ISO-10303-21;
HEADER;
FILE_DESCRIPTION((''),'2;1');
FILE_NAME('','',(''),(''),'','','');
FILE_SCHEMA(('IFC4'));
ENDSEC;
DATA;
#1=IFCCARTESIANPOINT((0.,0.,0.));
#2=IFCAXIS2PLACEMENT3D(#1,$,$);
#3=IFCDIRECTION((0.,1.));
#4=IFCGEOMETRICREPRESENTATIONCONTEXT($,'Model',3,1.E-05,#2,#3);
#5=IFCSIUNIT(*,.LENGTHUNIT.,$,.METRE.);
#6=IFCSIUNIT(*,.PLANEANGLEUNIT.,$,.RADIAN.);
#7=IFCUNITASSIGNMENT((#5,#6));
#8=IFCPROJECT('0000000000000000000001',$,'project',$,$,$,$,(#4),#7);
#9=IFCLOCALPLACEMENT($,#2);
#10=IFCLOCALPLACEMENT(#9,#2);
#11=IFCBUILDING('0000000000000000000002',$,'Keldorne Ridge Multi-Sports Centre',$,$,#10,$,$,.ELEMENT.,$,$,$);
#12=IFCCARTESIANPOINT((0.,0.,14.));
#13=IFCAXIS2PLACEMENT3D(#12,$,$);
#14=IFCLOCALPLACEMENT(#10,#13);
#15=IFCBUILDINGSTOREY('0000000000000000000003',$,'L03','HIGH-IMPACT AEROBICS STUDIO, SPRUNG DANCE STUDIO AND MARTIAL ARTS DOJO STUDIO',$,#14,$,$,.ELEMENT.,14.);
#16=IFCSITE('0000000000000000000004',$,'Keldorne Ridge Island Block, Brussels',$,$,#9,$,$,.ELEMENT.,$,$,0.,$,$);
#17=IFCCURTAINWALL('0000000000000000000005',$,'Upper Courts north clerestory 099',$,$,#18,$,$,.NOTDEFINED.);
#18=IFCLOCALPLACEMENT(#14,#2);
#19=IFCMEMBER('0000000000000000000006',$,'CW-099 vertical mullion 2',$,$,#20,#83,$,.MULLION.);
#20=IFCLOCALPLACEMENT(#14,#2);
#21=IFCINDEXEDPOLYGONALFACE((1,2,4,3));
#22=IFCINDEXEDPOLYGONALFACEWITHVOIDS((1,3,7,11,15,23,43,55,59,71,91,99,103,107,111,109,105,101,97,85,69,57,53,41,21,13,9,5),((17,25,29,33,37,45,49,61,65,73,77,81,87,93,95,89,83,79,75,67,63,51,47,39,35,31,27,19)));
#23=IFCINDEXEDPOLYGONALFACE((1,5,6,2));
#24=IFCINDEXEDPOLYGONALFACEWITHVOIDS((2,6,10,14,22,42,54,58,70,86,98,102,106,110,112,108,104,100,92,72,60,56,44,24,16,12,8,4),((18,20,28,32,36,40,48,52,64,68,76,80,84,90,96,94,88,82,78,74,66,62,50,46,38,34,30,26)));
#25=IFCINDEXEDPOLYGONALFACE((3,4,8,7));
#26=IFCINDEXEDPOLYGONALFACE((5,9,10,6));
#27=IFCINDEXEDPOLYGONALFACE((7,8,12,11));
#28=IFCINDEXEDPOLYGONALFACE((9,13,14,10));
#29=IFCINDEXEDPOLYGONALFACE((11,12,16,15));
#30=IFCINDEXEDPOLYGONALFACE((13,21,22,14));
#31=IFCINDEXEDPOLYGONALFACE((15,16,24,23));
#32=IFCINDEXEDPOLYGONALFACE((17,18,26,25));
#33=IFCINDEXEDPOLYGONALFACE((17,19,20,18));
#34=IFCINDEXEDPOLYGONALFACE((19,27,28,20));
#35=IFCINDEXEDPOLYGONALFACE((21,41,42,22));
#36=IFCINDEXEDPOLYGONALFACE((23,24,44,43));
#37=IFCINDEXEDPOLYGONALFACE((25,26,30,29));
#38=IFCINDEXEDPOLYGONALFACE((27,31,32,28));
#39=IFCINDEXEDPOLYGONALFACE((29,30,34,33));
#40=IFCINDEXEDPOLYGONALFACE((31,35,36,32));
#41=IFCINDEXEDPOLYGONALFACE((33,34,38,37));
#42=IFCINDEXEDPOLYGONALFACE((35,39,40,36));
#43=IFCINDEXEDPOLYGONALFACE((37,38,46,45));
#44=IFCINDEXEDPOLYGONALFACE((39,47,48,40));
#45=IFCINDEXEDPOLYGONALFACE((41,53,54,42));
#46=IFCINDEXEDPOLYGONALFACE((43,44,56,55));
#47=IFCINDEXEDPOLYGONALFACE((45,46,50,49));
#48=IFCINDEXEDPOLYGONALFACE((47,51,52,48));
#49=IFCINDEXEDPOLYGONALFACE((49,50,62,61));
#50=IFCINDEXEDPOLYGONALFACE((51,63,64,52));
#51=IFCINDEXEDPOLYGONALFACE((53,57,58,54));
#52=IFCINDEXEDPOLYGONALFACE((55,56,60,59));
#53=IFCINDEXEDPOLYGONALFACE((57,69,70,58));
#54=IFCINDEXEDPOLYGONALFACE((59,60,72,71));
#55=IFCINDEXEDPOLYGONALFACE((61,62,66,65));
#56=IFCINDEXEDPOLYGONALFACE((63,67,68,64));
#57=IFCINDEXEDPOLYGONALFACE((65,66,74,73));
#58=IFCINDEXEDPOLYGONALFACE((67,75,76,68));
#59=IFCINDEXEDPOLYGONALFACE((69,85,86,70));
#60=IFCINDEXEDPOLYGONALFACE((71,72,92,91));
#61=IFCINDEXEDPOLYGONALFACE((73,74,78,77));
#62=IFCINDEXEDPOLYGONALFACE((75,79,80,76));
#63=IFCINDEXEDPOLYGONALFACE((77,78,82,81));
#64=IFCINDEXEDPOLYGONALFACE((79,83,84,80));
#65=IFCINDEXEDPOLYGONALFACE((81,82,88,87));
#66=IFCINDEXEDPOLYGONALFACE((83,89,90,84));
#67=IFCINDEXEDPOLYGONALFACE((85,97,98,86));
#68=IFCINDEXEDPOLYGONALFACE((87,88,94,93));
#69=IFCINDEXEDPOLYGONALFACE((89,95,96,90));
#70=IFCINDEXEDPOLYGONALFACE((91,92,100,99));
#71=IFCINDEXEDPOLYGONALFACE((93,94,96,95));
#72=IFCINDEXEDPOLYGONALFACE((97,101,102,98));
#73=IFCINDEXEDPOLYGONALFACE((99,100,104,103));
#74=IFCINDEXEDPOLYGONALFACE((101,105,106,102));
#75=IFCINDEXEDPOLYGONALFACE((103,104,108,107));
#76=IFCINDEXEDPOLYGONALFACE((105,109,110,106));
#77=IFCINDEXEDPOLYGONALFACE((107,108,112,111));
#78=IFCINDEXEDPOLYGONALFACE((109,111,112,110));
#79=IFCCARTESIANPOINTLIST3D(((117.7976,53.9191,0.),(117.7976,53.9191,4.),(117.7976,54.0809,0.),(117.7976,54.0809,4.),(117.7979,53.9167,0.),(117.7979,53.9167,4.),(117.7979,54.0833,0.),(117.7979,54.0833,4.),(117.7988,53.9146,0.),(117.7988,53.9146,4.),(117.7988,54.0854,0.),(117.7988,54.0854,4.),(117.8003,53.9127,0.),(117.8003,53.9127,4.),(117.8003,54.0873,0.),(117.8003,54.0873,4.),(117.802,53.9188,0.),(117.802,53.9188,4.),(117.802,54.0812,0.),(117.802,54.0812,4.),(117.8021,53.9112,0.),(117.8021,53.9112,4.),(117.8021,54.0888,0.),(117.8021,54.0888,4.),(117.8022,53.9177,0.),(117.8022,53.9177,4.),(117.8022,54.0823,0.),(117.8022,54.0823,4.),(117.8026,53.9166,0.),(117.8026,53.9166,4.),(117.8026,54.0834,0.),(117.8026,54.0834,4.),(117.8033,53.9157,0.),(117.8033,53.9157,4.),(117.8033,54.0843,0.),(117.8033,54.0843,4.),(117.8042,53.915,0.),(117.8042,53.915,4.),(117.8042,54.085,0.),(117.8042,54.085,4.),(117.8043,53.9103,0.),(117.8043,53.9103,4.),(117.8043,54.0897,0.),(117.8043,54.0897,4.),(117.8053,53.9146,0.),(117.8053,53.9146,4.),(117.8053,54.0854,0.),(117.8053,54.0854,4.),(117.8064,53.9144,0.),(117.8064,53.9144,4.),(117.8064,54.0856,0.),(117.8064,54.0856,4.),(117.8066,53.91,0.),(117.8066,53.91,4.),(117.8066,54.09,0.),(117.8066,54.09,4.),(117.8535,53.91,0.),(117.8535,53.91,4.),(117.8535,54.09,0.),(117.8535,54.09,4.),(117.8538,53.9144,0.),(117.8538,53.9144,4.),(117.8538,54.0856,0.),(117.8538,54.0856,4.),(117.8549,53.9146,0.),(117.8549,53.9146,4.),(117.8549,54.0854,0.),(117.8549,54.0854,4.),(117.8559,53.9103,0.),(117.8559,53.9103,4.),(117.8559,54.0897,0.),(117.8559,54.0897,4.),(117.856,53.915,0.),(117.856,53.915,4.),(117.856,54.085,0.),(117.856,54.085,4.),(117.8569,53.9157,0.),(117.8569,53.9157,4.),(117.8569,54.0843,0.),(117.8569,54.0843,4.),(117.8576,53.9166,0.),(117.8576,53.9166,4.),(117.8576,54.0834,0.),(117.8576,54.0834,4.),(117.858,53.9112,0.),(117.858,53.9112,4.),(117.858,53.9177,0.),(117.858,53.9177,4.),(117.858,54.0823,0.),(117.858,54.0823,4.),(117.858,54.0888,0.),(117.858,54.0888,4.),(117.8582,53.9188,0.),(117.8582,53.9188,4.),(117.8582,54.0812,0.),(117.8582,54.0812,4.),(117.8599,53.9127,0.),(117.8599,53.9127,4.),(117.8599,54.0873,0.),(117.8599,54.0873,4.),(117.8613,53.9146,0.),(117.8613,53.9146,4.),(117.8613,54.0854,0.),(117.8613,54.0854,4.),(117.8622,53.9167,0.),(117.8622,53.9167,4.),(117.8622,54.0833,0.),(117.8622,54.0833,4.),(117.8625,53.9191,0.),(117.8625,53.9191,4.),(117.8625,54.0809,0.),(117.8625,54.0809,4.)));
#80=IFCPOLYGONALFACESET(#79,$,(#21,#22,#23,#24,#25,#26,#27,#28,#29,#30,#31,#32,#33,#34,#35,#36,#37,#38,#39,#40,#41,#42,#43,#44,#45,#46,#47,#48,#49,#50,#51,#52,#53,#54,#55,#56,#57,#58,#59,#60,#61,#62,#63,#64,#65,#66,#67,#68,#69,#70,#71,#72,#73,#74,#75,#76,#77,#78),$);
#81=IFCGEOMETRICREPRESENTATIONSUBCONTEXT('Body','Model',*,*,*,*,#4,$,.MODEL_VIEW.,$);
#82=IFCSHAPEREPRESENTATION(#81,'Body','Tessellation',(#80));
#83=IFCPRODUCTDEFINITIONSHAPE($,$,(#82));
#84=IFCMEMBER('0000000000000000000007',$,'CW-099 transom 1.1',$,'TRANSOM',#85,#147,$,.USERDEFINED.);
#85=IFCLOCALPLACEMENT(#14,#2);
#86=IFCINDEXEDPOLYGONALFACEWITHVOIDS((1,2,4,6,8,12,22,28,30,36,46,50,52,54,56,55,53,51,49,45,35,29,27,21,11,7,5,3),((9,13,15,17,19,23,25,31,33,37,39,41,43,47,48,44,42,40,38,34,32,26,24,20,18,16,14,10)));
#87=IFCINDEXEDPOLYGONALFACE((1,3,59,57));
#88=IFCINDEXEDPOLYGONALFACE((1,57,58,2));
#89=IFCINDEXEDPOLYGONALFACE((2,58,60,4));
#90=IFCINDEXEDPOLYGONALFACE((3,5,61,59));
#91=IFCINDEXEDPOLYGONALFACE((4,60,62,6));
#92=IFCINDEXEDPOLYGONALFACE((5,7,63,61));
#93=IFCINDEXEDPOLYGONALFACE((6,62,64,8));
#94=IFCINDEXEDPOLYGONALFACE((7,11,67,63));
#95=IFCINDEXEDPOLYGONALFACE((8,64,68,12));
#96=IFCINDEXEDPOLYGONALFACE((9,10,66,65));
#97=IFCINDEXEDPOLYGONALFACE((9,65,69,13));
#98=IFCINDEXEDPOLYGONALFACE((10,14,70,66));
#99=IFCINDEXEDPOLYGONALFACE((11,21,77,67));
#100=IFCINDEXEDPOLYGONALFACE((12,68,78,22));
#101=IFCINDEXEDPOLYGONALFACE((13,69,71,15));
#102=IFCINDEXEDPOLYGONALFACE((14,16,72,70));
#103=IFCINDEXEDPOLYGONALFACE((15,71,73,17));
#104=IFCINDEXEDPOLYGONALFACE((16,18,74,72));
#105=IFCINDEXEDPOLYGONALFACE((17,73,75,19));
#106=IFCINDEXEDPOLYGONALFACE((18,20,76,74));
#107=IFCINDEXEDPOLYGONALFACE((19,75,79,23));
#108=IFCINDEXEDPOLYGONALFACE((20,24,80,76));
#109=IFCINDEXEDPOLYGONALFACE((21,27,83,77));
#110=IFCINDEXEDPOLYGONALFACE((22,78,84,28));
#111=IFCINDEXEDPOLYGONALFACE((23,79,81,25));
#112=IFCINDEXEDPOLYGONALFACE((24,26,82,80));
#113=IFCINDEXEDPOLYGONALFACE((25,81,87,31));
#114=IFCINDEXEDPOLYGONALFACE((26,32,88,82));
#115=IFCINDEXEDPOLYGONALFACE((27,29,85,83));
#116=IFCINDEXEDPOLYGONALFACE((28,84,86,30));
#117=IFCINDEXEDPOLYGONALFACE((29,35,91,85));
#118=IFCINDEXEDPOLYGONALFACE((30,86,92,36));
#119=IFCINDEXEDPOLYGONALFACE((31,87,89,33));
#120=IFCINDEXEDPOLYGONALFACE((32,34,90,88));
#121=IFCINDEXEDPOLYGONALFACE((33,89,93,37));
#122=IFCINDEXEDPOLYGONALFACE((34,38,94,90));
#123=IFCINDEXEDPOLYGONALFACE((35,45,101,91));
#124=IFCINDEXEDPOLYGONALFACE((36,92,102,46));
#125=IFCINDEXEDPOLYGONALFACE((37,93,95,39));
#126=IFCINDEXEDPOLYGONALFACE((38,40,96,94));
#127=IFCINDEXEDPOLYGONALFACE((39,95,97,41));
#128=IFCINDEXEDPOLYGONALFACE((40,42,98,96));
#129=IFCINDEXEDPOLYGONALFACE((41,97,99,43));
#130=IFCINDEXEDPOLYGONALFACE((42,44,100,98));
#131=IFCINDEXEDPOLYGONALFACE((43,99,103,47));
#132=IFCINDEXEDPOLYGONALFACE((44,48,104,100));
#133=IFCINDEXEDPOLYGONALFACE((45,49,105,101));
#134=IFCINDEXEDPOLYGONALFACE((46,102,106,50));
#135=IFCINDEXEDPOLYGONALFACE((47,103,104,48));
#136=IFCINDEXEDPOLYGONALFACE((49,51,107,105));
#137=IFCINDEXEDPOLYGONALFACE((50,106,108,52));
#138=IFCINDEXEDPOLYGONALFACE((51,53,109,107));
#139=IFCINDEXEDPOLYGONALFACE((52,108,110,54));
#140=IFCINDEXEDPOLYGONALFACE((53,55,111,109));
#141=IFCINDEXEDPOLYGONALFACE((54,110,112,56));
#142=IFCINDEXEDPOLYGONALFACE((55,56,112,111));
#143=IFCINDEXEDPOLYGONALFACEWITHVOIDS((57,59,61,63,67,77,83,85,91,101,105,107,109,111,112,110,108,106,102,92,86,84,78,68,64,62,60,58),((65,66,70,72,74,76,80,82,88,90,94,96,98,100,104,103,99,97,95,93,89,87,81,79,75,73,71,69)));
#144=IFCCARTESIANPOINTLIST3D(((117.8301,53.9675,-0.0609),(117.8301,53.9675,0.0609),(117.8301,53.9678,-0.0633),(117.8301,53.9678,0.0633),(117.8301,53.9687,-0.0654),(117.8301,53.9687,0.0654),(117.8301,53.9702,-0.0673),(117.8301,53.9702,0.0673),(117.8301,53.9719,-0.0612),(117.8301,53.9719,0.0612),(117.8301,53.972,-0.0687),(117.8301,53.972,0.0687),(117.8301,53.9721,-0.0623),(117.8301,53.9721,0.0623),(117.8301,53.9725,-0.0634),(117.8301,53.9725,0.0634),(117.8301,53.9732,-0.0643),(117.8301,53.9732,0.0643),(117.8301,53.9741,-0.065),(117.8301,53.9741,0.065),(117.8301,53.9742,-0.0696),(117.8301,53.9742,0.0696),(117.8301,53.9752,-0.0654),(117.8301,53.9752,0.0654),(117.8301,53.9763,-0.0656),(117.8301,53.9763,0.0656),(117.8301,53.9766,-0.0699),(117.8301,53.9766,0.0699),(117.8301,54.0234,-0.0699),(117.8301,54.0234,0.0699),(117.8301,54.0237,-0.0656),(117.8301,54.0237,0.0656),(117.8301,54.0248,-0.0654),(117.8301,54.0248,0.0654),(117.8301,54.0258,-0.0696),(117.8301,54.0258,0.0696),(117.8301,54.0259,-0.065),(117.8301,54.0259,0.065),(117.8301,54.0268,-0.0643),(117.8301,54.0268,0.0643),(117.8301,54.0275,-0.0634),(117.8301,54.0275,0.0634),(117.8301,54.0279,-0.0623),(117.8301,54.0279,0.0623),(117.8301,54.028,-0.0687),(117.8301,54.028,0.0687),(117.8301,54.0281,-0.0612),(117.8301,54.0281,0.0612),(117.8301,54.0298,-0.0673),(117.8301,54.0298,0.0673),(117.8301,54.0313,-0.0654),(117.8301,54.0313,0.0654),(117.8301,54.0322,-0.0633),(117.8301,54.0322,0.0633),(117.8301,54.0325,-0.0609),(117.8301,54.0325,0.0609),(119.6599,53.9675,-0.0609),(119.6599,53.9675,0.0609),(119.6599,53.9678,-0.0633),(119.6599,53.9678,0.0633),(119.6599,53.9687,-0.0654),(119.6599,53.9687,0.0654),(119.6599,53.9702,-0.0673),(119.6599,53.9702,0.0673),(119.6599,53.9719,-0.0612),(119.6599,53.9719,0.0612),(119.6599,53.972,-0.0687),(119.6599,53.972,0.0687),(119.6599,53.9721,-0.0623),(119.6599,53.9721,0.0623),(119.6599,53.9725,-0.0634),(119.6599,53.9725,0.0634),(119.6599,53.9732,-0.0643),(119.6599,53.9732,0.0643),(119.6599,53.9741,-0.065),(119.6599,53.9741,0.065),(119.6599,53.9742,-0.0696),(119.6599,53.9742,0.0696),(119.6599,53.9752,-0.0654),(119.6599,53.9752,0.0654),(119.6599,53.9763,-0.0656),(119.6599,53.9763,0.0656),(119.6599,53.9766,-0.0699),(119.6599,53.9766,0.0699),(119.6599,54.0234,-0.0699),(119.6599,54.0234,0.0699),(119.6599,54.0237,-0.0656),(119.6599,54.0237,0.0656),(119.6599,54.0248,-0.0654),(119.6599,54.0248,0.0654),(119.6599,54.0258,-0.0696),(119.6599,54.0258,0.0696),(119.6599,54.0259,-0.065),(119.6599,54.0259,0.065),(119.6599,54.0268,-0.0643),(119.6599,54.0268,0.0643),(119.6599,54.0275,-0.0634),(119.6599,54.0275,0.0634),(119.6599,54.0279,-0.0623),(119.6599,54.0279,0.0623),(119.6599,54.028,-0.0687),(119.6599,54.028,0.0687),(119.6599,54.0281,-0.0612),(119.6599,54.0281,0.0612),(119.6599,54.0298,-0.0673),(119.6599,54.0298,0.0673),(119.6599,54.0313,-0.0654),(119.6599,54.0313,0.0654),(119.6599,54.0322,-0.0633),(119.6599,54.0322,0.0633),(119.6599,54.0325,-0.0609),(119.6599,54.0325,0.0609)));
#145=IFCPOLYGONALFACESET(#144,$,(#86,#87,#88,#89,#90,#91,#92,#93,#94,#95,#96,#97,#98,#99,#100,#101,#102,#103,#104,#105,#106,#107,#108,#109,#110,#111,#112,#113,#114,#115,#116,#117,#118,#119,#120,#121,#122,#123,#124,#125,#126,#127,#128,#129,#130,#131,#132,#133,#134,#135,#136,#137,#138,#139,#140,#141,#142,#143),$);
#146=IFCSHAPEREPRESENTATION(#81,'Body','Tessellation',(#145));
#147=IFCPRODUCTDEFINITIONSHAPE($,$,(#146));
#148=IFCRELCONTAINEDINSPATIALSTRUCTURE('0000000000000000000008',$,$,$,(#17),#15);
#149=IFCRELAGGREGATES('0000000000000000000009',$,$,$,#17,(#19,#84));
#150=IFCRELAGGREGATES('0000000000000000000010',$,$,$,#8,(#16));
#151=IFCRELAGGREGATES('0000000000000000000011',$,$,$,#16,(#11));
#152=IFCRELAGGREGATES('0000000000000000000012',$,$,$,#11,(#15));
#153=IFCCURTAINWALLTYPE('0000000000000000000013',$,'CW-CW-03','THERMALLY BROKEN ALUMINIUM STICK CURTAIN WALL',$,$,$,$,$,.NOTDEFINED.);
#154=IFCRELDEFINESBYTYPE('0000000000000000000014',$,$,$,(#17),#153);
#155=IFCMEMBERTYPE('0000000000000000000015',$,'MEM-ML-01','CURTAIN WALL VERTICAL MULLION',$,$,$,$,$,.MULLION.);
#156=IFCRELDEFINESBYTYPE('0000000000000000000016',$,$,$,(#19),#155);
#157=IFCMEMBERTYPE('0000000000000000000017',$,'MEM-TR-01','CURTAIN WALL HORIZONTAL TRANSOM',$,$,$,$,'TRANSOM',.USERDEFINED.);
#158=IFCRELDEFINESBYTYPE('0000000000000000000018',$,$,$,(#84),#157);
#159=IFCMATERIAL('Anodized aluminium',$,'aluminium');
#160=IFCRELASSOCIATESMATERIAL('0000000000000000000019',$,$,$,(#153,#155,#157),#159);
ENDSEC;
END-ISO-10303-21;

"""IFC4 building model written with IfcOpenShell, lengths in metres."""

from ifc_helpers import new_model, si_unit, direction, frame, origin, origin_2d, place, context, subcontext, project, spatial, hollow_rectangle, extrude, material, material_profile, profile_set, type_object, element, aggregate, save


model = new_model("IFC4")

# Units and contexts
model_context = context("Model", 3, precision=1e-05, world=origin(), true_north=direction((0.0, 1.0)))
body_context = subcontext(model_context, "Body", "Model", "MODEL_VIEW")
ifc_project = project(units=[si_unit("LENGTHUNIT", "METRE"), si_unit("PLANEANGLEUNIT", "RADIAN")], contexts=[model_context])

# Site, building, storey
site_placement = place(None, origin())
site = spatial("IfcSite", under=ifc_project, at=site_placement, Name="Keldorne Ridge Island Block, Brussels", CompositionType="ELEMENT", RefElevation=0.0)
building_placement = place(site_placement, origin())
building = spatial("IfcBuilding", under=site, at=building_placement, Name="Keldorne Ridge Multi-Sports Centre", CompositionType="ELEMENT")
storey_placement = place(building_placement, frame((0.0, 0.0, 14.0)))
storey = spatial("IfcBuildingStorey", under=building, at=storey_placement, Name="L03", Description="HIGH-IMPACT AEROBICS STUDIO, SPRUNG DANCE STUDIO AND MARTIAL ARTS DOJO STUDIO", CompositionType="ELEMENT", Elevation=14.0)

# Curtain wall, members
ifc_material_1 = material(Name="Anodized aluminium", Category="aluminium")
curtain_wall_type = type_object("IfcCurtainWallType", Name="CW-CW-03", Description="THERMALLY BROKEN ALUMINIUM STICK CURTAIN WALL", PredefinedType="NOTDEFINED", material=ifc_material_1)
curtain_wall_placement = place(storey_placement, origin())
curtain_wall = element("IfcCurtainWall", 1, at=curtain_wall_placement, inside=storey, type_object=curtain_wall_type, Name="Upper Courts north clerestory 099", PredefinedType="NOTDEFINED")
ifc_material_profile_1 = material_profile(ifc_material_1, hollow_rectangle(XDim=0.0649, YDim=0.1799, WallThickness=0.0044, InnerFilletRadius=0.0044, OuterFilletRadius=0.009, at=origin_2d()), Name="ALU MULLION 180x65x4.5")
ifc_profile_set_1 = profile_set([ifc_material_profile_1], Name="Anodized aluminium")
member_type_1 = type_object("IfcMemberType", Name="MEM-ML-01", Description="CURTAIN WALL VERTICAL MULLION", PredefinedType="MULLION", material=ifc_profile_set_1)
member_1_placement = place(storey_placement, frame((117.8301, 54.0, 0.0), z_axis=(0.0, 0.0, 1.0), x_axis=(1.0, 0.0, 0.0)))
member_1 = element("IfcMember", 2, at=member_1_placement, type_object=member_type_1, Name="CW-099 vertical mullion 2", PredefinedType="MULLION", context=body_context, shape_type="SweptSolid", body=[
    extrude(hollow_rectangle(XDim=0.0649, YDim=0.1799, WallThickness=0.0044, InnerFilletRadius=0.0044, OuterFilletRadius=0.009, at=origin_2d()), origin(), (0.0, 0.0, 1.0), 4.0),
])
ifc_material_profile_2 = material_profile(ifc_material_1, hollow_rectangle(XDim=0.0649, YDim=0.1399, WallThickness=0.0044, InnerFilletRadius=0.0044, OuterFilletRadius=0.009, at=origin_2d()), Name="ALU TRANSOM 140x65x4.5")
ifc_profile_set_2 = profile_set([ifc_material_profile_2], Name="Anodized aluminium")
member_type_2 = type_object("IfcMemberType", Name="MEM-TR-01", Description="CURTAIN WALL HORIZONTAL TRANSOM", ElementType="TRANSOM", PredefinedType="USERDEFINED", material=ifc_profile_set_2)
member_2_placement = place(storey_placement, frame((119.6599, 54.0, 0.0), z_axis=(-1.0, 0.0, 0.0), x_axis=(0.0, -1.0, 0.0)))
member_2 = element("IfcMember", 3, at=member_2_placement, type_object=member_type_2, Name="CW-099 transom 1.1", ObjectType="TRANSOM", PredefinedType="USERDEFINED", context=body_context, shape_type="SweptSolid", body=[
    extrude(hollow_rectangle(XDim=0.0649, YDim=0.1399, WallThickness=0.0044, InnerFilletRadius=0.0044, OuterFilletRadius=0.009, at=origin_2d()), origin(), (0.0, 0.0, 1.0), 1.8298),
])
aggregate(curtain_wall, [member_1, member_2])

save(model, "model.ifc")
